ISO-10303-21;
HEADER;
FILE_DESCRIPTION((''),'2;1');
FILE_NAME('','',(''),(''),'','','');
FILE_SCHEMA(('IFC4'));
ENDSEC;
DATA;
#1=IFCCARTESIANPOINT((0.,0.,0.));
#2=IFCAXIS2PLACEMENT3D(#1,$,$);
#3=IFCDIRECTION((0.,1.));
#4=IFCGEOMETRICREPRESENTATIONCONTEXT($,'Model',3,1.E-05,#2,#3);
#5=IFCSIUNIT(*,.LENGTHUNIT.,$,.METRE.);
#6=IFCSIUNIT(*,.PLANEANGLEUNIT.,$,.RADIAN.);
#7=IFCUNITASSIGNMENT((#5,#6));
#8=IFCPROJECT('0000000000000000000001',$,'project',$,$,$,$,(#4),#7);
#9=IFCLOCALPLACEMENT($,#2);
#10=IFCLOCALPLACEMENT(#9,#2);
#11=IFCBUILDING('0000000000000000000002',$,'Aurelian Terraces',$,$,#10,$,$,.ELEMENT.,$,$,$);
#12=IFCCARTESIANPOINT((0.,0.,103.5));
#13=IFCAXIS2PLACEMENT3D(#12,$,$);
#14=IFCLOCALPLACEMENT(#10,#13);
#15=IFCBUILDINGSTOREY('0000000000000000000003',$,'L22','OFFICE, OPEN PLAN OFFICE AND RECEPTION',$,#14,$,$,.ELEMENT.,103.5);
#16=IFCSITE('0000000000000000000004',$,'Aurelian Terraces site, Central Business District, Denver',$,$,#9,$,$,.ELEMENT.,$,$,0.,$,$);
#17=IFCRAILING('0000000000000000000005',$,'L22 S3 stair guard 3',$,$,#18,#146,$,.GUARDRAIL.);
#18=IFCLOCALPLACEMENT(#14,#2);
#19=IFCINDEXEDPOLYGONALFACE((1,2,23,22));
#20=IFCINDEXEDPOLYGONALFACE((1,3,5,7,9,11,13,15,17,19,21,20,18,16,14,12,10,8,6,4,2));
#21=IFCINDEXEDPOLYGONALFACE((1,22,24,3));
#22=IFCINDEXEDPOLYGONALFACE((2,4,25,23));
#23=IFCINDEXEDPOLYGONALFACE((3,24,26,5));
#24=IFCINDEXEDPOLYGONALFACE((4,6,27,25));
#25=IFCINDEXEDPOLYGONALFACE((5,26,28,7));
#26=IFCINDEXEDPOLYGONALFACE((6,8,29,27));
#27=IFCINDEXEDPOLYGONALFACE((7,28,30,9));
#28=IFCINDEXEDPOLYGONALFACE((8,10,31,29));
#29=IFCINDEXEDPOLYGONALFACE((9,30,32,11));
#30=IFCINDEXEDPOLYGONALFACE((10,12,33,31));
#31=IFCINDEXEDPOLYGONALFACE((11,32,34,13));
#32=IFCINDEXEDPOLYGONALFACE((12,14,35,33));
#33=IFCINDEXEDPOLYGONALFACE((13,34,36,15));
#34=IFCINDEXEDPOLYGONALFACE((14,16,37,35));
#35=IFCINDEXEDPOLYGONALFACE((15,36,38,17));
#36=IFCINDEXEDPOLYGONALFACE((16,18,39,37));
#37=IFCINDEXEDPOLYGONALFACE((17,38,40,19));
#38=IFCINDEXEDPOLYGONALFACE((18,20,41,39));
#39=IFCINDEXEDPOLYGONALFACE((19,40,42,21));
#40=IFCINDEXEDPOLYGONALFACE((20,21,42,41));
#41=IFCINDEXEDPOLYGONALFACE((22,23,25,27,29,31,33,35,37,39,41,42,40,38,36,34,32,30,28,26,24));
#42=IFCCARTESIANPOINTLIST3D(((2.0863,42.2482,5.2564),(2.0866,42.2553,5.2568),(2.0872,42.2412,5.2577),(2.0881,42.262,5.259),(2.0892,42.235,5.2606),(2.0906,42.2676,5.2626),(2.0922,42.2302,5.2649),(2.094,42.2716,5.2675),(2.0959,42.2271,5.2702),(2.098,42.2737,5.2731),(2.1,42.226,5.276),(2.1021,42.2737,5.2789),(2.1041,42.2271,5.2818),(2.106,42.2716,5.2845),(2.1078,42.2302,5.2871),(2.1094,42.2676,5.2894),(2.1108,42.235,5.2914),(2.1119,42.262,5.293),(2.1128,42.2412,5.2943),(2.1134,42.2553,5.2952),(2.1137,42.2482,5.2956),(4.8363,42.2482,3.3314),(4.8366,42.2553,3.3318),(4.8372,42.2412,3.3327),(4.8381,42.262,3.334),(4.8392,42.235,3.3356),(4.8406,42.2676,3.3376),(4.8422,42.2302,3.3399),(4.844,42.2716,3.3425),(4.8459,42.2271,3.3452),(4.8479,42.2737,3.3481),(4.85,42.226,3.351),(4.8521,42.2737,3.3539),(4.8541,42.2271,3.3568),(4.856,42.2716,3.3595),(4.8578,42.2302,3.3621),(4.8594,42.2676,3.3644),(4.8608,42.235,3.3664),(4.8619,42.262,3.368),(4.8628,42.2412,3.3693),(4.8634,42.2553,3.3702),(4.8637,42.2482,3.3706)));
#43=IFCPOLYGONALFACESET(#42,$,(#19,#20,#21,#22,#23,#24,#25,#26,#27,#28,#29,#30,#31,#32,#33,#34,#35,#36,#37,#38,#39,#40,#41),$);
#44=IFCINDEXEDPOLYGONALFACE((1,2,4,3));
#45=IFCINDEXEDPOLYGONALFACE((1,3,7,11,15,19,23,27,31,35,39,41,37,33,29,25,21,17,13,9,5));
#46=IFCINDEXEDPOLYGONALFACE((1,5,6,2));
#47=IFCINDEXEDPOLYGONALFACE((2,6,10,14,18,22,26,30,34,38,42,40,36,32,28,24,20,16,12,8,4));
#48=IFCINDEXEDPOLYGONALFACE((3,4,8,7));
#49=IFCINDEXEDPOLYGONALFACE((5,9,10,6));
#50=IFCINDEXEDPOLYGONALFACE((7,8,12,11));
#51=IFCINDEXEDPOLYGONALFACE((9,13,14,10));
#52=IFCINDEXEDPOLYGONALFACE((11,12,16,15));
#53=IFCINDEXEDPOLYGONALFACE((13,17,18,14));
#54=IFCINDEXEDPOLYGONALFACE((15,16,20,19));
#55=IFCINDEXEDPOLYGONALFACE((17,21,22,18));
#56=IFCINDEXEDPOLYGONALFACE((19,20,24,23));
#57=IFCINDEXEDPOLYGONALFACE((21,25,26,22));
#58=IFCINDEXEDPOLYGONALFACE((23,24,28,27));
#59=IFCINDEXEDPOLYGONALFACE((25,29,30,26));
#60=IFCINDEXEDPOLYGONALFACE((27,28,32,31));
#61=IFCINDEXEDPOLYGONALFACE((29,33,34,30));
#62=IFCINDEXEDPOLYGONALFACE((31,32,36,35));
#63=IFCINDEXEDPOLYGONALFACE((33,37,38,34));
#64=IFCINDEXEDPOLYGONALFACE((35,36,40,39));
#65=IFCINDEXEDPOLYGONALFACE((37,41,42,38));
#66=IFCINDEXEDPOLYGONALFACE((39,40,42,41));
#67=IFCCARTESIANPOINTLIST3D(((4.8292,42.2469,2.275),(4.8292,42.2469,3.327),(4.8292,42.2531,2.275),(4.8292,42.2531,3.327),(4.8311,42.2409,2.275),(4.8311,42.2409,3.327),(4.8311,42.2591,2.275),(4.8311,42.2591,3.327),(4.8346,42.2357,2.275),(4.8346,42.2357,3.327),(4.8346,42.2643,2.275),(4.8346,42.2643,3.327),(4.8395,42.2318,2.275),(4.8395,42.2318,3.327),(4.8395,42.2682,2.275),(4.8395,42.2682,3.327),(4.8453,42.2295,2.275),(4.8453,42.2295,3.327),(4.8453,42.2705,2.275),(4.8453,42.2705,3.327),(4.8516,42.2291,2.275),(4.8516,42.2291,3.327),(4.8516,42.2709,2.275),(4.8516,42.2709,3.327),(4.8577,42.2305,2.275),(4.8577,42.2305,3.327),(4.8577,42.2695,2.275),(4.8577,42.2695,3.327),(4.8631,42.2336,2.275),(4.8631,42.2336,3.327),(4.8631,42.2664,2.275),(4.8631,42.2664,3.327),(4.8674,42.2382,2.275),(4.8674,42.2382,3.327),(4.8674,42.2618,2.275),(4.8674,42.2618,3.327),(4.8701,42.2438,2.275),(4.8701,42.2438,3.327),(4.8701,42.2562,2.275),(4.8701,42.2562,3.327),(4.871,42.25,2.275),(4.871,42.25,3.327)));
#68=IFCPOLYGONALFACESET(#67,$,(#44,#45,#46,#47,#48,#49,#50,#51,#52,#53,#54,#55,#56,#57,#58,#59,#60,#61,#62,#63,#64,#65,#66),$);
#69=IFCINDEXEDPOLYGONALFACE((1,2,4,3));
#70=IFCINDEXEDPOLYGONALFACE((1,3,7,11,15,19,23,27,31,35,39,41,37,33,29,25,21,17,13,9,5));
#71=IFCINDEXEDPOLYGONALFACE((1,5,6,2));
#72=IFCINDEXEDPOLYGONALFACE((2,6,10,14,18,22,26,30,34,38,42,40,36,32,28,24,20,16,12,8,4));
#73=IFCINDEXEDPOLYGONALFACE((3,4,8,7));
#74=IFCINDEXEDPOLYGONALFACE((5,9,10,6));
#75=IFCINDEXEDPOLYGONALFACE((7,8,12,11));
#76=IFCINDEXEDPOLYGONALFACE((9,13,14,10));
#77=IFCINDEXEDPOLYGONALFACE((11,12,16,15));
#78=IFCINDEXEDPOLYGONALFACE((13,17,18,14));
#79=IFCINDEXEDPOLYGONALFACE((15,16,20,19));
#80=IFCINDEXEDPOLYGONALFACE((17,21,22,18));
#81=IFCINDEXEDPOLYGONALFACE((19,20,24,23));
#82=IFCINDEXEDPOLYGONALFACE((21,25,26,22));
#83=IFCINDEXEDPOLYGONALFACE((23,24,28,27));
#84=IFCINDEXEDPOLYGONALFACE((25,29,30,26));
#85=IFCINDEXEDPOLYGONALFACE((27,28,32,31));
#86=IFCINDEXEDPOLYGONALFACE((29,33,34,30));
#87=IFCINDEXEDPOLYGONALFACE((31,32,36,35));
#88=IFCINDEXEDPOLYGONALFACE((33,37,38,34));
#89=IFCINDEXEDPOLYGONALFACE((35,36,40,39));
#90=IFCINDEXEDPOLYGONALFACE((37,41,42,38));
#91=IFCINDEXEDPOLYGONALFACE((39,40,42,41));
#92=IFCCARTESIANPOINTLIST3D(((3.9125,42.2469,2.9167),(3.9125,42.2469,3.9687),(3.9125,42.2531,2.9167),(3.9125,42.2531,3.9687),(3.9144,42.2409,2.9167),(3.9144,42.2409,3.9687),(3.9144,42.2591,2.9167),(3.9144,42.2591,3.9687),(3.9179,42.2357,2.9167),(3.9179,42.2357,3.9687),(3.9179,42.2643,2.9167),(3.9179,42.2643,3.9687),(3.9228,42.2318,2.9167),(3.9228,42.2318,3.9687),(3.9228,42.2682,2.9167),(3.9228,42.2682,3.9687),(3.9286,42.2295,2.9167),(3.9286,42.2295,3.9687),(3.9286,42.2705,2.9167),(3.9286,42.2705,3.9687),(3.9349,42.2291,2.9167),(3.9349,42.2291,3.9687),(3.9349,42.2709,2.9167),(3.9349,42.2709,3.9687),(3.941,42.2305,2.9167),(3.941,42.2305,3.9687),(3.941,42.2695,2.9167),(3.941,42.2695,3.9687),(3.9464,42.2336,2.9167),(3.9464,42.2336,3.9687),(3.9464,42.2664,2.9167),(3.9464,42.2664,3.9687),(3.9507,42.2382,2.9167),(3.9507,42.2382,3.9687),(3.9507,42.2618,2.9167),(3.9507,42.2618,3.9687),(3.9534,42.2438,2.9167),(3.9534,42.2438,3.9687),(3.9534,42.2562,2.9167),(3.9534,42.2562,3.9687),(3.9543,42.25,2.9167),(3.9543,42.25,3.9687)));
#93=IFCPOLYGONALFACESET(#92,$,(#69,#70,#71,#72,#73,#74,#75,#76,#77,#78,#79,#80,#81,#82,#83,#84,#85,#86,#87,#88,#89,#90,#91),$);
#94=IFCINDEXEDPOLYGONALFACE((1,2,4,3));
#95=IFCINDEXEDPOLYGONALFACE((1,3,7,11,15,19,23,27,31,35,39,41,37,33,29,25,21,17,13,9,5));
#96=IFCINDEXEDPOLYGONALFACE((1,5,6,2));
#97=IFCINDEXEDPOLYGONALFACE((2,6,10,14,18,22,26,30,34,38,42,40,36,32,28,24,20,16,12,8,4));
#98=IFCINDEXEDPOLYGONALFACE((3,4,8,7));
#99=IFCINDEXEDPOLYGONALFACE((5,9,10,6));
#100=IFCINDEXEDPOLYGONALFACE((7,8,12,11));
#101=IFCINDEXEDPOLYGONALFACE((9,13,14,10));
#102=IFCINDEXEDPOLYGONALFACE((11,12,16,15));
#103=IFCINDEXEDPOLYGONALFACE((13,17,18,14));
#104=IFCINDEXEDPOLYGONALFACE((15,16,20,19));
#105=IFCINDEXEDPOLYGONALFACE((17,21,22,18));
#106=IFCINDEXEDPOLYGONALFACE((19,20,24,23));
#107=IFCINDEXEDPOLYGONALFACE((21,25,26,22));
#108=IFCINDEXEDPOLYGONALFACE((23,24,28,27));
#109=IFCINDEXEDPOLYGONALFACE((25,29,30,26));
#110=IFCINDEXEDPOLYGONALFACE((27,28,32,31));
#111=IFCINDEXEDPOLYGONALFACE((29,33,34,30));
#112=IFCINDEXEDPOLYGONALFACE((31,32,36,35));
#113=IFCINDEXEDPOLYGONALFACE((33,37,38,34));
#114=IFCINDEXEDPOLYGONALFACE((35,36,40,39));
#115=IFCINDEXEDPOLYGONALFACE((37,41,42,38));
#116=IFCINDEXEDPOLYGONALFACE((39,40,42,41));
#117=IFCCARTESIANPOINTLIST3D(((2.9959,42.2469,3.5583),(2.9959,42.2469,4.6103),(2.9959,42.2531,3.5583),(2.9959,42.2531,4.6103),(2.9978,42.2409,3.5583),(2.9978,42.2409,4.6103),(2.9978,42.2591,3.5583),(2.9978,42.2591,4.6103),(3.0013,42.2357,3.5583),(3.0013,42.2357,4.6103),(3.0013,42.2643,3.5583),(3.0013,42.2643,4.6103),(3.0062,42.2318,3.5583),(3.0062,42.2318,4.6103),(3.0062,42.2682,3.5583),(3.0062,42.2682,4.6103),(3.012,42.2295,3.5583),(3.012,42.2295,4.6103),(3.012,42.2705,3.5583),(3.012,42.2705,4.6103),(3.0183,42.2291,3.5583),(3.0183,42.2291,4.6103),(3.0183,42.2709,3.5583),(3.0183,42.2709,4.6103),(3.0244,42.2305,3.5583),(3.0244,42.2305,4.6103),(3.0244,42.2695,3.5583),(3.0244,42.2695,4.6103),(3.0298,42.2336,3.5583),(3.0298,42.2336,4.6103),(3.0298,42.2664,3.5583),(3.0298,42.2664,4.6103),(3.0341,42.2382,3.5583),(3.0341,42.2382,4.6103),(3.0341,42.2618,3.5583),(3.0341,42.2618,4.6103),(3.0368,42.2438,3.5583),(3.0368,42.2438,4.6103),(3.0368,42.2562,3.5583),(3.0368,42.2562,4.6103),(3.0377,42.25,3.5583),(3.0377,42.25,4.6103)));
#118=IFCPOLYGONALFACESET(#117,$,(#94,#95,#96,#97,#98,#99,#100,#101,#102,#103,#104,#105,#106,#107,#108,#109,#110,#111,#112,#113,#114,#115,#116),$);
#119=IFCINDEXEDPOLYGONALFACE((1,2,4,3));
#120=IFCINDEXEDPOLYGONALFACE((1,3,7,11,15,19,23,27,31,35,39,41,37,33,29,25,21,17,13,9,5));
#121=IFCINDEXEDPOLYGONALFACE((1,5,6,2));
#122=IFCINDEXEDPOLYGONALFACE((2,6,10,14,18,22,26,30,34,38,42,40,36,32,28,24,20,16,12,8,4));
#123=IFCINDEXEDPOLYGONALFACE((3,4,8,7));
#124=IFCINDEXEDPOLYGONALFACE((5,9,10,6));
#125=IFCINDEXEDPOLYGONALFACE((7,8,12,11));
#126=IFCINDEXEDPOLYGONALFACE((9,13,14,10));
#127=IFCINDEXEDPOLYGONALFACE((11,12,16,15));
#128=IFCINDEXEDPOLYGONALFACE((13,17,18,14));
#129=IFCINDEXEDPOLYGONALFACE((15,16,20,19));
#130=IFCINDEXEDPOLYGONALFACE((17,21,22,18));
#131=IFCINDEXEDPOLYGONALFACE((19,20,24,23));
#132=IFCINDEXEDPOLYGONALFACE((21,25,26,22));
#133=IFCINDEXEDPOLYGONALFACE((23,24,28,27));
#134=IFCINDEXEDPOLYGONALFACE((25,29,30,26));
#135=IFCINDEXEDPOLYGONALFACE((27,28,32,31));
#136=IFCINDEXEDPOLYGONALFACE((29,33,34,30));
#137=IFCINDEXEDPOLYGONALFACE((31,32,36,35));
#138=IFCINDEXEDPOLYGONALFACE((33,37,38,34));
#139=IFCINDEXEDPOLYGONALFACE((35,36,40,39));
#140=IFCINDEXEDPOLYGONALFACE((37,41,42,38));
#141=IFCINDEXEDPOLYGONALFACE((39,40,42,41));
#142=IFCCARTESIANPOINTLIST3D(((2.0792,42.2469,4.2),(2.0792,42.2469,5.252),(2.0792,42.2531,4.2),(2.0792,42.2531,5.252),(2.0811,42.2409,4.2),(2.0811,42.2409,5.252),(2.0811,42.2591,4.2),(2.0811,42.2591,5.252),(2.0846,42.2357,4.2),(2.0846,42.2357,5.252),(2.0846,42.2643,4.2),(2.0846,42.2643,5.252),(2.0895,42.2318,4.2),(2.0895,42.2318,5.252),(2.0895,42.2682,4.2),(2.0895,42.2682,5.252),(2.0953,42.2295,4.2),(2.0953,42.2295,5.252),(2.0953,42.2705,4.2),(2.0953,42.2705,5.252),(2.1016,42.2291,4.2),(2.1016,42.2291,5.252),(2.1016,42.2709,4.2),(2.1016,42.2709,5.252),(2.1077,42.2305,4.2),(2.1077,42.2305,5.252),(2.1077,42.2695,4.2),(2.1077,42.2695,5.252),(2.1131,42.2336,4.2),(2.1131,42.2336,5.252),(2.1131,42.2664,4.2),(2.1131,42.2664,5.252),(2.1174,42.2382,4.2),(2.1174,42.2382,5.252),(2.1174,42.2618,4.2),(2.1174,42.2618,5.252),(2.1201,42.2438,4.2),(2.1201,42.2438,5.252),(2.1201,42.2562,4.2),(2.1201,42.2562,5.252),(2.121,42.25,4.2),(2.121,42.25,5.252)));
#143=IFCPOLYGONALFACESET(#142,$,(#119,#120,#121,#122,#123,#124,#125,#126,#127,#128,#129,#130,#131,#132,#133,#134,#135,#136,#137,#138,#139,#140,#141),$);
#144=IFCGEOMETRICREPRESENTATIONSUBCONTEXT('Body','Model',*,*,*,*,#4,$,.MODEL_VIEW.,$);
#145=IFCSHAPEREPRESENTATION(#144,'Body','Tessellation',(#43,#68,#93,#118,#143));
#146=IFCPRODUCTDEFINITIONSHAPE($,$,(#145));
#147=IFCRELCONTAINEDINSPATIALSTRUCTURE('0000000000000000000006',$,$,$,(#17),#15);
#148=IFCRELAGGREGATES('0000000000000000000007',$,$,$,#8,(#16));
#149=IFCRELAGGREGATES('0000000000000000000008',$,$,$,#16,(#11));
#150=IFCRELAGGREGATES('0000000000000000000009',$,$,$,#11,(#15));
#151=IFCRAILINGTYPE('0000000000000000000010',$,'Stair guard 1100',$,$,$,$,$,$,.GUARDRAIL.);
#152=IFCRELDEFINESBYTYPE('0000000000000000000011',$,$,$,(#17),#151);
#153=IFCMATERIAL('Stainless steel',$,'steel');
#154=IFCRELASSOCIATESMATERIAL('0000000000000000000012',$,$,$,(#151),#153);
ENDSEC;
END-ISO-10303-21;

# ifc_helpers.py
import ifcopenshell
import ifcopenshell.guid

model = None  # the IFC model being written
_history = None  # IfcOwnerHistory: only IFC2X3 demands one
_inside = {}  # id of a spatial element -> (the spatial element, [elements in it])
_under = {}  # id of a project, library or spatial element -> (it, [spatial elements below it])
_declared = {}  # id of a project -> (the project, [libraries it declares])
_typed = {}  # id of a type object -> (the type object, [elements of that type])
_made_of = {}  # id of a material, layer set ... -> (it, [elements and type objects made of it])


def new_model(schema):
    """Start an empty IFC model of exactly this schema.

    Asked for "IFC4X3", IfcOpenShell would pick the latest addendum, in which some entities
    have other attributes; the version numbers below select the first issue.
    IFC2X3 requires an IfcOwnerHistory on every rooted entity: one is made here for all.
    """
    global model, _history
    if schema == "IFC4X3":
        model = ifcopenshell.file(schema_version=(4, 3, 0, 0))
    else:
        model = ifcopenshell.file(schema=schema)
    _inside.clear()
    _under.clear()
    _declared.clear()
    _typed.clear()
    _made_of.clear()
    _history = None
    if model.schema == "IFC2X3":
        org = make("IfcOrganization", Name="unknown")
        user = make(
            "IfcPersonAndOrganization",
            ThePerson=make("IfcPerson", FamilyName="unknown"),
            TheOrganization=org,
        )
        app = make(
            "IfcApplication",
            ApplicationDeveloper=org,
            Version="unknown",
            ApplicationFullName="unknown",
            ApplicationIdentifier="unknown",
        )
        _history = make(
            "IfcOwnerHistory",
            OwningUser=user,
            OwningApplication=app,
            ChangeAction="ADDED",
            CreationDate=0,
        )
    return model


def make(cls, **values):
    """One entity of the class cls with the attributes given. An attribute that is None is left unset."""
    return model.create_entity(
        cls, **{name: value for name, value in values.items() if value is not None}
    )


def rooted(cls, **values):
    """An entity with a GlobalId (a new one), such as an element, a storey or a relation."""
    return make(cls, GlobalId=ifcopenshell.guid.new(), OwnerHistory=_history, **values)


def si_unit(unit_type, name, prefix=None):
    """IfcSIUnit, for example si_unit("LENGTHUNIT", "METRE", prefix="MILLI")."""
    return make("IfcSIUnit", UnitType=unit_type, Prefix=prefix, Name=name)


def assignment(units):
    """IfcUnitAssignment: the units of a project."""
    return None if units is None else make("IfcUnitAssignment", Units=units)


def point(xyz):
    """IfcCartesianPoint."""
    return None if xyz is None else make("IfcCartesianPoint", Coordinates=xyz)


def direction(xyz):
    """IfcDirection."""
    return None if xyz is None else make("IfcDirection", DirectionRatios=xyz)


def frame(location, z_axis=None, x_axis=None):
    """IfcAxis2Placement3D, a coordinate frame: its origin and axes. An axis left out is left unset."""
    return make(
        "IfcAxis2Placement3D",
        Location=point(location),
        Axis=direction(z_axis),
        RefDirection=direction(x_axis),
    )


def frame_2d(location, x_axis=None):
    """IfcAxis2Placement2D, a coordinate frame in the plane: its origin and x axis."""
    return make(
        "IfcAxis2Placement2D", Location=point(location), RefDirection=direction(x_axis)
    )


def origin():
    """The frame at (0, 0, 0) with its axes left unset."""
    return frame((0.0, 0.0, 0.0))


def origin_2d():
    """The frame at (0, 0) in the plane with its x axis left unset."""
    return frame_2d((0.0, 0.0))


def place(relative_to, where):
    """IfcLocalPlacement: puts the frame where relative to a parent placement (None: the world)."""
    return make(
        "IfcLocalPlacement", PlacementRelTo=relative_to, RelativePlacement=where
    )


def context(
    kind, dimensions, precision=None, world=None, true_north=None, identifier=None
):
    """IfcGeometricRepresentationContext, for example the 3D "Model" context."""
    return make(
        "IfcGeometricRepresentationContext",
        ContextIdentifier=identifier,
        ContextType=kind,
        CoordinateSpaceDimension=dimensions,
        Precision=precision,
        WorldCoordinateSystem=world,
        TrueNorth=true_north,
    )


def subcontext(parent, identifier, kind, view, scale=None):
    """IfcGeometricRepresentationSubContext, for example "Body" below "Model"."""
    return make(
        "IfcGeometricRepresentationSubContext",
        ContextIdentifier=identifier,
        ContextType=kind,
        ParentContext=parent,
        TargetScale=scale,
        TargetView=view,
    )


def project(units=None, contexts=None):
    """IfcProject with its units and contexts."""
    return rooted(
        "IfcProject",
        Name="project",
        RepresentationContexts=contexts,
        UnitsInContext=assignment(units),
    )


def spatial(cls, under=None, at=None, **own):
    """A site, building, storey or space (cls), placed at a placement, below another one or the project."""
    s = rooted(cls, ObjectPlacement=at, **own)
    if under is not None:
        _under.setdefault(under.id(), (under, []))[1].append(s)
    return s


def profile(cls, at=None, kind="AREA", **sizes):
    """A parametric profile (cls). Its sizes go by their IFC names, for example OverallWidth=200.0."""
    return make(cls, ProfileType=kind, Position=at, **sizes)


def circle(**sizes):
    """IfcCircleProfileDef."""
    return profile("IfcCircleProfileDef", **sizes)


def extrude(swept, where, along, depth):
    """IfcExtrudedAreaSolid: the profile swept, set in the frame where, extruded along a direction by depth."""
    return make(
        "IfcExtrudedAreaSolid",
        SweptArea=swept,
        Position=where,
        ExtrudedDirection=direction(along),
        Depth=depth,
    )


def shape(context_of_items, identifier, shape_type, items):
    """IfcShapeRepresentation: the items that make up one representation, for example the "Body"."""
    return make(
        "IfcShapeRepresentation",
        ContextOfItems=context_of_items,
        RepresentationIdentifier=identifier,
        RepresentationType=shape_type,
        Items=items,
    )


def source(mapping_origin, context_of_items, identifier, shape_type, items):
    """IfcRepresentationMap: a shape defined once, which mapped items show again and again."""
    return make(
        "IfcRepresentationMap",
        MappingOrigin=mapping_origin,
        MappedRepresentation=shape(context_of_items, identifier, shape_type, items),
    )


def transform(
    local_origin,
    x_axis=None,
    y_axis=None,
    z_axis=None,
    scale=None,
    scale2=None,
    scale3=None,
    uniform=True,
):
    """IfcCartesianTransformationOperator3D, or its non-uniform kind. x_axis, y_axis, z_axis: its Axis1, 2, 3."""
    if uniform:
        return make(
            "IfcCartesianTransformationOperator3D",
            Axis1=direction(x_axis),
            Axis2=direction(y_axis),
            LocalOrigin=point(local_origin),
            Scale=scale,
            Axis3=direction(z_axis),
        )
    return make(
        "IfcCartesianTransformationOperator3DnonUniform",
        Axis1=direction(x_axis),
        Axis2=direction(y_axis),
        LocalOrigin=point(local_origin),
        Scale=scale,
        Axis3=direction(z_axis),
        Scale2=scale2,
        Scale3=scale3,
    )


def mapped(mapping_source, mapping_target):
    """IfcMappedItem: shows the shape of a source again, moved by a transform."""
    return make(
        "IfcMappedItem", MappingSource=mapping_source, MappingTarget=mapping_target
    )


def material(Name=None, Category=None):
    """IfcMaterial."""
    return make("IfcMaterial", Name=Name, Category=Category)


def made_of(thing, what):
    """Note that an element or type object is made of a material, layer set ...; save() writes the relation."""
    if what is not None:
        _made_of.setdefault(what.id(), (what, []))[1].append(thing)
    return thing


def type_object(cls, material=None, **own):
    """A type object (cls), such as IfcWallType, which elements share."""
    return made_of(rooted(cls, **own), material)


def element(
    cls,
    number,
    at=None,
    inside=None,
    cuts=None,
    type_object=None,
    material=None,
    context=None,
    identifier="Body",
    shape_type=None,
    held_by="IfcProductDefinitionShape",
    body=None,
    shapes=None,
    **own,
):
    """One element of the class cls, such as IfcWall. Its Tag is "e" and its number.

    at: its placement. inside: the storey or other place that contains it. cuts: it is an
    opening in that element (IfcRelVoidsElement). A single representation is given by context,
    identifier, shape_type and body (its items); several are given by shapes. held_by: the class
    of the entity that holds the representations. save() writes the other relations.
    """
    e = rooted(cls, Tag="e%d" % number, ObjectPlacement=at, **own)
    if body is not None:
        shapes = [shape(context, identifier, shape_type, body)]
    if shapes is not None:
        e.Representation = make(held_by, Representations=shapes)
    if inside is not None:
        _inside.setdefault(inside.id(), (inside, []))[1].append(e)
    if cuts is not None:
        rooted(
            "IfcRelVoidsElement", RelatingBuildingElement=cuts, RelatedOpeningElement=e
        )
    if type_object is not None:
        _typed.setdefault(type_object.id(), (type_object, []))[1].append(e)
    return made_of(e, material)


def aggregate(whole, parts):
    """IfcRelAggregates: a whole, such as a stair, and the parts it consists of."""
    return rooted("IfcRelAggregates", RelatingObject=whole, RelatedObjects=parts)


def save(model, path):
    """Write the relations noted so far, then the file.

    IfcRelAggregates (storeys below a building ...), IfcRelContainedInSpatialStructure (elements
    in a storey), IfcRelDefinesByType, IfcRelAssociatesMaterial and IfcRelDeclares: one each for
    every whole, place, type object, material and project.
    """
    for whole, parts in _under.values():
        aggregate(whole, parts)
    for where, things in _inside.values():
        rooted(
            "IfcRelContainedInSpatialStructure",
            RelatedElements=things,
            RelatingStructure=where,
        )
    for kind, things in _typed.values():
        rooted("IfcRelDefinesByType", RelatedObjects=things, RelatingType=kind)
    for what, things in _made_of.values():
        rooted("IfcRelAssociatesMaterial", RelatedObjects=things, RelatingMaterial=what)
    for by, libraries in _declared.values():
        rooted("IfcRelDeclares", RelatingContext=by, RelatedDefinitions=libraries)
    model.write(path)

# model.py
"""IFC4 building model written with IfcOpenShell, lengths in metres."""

from ifc_helpers import new_model, si_unit, direction, frame, origin, origin_2d, place, context, subcontext, project, spatial, circle, extrude, source, transform, mapped, material, type_object, element, save


model = new_model("IFC4")

# Units and contexts
model_context = context("Model", 3, precision=1e-05, world=origin(), true_north=direction((0.0, 1.0)))
body_context = subcontext(model_context, "Body", "Model", "MODEL_VIEW")
ifc_project = project(units=[si_unit("LENGTHUNIT", "METRE"), si_unit("PLANEANGLEUNIT", "RADIAN")], contexts=[model_context])

# Site, building, storey
site_placement = place(None, origin())
site = spatial("IfcSite", under=ifc_project, at=site_placement, Name="Aurelian Terraces site, Central Business District, Denver", CompositionType="ELEMENT", RefElevation=0.0)
building_placement = place(site_placement, origin())
building = spatial("IfcBuilding", under=site, at=building_placement, Name="Aurelian Terraces", CompositionType="ELEMENT")
storey_placement = place(building_placement, frame((0.0, 0.0, 103.5)))
storey = spatial("IfcBuildingStorey", under=building, at=storey_placement, Name="L22", Description="OFFICE, OPEN PLAN OFFICE AND RECEPTION", CompositionType="ELEMENT", Elevation=103.5)

# Railing
ifc_material_1 = material(Name="Stainless steel", Category="steel")
railing_type_1 = type_object("IfcRailingType", Name="Stair guard 1100", PredefinedType="GUARDRAIL", material=ifc_material_1)
shared_shape_1 = source(origin(), body_context, "Body", "SweptSolid", [
    extrude(circle(Radius=0.024, at=origin_2d()), frame((0.0, 0.0, 1.076), z_axis=(-0.819232, 0.0, 0.573462), x_axis=(0.0, -1.0, 0.0)), (0.0, 0.0, 1.0), 3.3568),
    extrude(circle(Radius=0.021, at=origin_2d()), origin(), (0.0, 0.0, 1.0), 1.052),
    extrude(circle(Radius=0.021, at=origin_2d()), frame((-0.9167, 0.0, 0.6417)), (0.0, 0.0, 1.0), 1.052),
    extrude(circle(Radius=0.021, at=origin_2d()), frame((-1.8333, 0.0, 1.2833)), (0.0, 0.0, 1.0), 1.052),
    extrude(circle(Radius=0.021, at=origin_2d()), frame((-2.75, 0.0, 1.925)), (0.0, 0.0, 1.0), 1.052),
])
railing_1_placement = place(storey_placement, frame((4.85, 42.25, 2.275)))
element("IfcRailing", 1, at=railing_1_placement, inside=storey, type_object=railing_type_1, Name="L22 S3 stair guard 3", PredefinedType="GUARDRAIL", context=body_context, shape_type="MappedRepresentation", body=[
    mapped(shared_shape_1, transform((0.0, 0.0, 0.0), scale=1.0)),
])

save(model, "model.ifc")
